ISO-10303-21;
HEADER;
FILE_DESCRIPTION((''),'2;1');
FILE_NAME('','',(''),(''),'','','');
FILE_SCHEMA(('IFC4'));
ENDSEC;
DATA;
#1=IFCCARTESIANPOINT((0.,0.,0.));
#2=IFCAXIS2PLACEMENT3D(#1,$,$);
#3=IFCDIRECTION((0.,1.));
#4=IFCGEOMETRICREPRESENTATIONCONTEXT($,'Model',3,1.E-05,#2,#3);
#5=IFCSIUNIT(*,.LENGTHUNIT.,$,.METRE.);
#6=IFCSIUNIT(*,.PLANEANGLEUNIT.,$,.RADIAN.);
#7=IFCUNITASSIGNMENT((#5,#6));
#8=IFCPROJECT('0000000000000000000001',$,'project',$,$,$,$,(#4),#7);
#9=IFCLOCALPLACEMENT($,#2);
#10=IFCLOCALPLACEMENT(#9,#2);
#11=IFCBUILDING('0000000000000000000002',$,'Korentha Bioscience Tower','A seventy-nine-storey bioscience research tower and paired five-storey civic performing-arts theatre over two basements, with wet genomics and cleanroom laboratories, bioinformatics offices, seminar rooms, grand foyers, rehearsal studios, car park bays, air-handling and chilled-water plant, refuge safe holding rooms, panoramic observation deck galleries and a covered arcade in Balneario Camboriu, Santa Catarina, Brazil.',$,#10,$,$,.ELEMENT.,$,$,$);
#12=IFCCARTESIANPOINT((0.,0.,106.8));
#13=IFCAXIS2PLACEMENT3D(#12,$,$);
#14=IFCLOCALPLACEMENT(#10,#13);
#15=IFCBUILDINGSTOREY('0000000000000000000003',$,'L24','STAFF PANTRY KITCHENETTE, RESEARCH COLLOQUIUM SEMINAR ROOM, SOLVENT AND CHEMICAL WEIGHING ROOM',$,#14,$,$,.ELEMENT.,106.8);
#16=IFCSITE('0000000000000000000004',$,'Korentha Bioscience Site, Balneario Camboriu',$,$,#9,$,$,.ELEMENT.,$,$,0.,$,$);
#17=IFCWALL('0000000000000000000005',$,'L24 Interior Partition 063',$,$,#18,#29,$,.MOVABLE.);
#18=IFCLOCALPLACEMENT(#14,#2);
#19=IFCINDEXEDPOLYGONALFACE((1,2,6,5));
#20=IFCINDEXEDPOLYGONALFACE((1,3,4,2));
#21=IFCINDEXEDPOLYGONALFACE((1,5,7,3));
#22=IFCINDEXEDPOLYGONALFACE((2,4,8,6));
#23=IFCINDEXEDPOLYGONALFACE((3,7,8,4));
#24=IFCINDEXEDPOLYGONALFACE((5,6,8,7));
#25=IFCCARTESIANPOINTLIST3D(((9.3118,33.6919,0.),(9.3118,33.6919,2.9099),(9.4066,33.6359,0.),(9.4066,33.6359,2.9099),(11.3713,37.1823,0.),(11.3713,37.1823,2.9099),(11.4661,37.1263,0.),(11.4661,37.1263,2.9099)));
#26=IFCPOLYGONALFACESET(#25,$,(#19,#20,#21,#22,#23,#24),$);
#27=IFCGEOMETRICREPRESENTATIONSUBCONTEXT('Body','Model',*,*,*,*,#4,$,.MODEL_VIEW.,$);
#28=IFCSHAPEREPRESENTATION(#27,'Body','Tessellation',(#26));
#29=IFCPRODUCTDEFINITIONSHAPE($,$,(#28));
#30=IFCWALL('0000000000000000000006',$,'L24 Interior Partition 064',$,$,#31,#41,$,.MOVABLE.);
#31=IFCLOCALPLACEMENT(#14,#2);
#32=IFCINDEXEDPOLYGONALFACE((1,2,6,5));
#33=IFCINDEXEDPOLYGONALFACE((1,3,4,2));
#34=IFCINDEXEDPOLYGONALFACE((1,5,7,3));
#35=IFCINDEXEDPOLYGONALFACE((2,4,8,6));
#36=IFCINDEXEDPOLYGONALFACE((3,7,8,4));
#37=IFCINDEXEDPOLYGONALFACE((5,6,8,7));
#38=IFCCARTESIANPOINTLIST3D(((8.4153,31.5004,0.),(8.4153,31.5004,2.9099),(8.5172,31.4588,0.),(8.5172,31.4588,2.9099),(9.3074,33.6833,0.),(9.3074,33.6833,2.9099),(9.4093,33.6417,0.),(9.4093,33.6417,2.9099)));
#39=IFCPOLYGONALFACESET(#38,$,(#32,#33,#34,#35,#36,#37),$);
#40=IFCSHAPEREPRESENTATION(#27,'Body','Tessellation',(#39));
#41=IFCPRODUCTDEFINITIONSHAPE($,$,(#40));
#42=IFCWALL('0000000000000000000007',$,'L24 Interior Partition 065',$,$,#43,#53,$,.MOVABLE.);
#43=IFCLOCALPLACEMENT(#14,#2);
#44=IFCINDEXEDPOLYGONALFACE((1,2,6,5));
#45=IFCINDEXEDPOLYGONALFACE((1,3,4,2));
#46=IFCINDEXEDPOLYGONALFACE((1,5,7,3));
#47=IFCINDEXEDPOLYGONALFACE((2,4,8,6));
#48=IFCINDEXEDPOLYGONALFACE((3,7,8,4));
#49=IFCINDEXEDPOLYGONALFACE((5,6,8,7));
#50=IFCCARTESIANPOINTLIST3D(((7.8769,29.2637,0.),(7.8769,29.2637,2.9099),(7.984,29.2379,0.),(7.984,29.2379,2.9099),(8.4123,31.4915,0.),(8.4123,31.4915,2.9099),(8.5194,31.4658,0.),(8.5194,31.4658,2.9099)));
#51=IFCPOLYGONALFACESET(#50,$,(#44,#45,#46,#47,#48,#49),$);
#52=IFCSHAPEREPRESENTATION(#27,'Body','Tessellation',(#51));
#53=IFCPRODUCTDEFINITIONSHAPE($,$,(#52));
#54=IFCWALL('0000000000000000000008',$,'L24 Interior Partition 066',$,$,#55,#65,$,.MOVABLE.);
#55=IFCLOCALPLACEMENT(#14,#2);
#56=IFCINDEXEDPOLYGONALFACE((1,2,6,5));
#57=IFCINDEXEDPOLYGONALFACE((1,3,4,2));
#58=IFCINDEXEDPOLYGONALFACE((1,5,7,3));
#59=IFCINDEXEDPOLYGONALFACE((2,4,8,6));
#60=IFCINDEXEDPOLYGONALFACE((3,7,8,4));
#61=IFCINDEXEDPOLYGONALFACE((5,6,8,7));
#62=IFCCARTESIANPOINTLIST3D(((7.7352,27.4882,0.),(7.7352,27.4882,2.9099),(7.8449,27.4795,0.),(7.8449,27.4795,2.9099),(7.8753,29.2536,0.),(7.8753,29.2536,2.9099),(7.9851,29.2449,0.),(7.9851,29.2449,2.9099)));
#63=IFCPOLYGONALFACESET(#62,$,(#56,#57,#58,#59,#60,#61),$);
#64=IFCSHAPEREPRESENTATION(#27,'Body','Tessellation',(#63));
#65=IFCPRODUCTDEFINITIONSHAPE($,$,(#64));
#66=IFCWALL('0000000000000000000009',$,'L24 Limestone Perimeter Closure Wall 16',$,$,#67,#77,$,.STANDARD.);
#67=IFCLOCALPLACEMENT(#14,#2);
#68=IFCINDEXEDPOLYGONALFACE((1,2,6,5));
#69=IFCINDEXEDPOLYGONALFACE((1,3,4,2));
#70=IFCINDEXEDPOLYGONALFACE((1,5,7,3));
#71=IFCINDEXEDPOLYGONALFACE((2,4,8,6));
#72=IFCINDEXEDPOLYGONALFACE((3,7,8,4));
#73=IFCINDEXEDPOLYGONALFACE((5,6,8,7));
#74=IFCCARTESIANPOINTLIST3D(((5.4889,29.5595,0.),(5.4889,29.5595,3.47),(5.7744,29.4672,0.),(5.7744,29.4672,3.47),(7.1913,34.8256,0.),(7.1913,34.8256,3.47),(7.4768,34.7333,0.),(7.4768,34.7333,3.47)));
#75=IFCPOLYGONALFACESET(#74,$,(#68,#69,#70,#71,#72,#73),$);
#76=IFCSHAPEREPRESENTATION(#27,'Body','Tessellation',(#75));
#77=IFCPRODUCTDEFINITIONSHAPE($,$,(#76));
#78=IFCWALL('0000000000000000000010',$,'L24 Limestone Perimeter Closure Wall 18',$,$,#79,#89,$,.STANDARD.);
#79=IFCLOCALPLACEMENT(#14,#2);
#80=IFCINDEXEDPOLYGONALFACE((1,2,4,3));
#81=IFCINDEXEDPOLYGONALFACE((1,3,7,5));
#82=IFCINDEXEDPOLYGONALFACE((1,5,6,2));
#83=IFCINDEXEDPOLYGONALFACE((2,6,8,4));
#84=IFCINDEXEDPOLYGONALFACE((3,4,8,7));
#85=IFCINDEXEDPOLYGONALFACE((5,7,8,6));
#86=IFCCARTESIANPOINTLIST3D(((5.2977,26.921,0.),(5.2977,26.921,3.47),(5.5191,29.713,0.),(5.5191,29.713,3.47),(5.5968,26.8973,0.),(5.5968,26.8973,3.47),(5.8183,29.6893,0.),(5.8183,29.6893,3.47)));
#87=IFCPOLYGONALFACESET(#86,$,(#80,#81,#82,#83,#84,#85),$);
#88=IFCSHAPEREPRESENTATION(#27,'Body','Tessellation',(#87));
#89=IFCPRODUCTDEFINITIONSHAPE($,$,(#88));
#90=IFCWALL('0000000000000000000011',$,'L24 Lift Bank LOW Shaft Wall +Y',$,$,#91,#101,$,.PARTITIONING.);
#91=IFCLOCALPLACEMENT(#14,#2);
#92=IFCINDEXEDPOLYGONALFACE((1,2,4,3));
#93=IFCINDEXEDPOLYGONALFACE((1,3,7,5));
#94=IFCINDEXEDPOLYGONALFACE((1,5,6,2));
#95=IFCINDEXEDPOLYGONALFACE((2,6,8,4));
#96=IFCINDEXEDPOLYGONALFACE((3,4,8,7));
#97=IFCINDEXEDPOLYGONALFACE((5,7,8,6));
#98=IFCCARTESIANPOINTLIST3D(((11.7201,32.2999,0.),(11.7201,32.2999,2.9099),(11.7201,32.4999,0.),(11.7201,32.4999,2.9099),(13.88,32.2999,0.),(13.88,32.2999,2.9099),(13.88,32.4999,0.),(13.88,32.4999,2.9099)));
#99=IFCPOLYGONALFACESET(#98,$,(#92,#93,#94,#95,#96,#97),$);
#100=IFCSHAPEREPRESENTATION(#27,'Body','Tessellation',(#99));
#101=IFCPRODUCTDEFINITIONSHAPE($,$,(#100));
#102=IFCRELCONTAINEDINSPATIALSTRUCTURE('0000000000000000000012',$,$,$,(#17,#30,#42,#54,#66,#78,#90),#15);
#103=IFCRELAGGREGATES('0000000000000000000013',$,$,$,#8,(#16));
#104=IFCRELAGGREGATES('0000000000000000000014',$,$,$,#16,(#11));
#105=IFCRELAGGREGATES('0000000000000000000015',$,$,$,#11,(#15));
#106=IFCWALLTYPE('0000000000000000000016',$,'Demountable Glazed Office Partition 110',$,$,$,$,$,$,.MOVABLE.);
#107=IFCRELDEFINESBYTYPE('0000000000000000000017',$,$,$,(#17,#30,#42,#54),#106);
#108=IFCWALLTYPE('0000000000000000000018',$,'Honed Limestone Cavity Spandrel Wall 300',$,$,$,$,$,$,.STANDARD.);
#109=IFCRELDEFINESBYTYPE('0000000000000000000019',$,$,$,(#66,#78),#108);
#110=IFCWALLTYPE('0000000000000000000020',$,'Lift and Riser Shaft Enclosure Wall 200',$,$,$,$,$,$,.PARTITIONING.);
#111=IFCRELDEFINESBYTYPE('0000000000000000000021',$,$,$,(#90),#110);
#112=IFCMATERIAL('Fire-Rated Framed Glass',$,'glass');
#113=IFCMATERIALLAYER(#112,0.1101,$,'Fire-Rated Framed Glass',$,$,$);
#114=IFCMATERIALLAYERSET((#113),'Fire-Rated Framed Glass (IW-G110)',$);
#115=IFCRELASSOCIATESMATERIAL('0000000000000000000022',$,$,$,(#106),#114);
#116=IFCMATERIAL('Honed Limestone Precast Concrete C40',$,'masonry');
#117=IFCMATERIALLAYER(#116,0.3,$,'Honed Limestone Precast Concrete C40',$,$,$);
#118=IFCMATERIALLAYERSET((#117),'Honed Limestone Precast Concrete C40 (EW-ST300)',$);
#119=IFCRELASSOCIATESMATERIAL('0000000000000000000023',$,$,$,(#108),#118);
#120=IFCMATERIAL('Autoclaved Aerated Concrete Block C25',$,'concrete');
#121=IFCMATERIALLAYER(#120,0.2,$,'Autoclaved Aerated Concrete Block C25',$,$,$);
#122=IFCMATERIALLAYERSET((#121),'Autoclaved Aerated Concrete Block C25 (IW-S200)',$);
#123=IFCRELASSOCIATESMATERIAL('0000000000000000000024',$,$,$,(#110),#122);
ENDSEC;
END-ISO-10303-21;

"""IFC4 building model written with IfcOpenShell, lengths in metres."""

from ifc_helpers import new_model, si_unit, direction, frame, frame_2d, origin, place, context, subcontext, project, spatial, rectangle, extrude, material, layer, layer_set, type_object, element, save


model = new_model("IFC4")

# Units and contexts
model_context = context("Model", 3, precision=1e-05, world=origin(), true_north=direction((0.0, 1.0)))
body_context = subcontext(model_context, "Body", "Model", "MODEL_VIEW")
ifc_project = project(units=[si_unit("LENGTHUNIT", "METRE"), si_unit("PLANEANGLEUNIT", "RADIAN")], contexts=[model_context])

# Site, building, storey
site_placement = place(None, origin())
site = spatial("IfcSite", under=ifc_project, at=site_placement, Name="Korentha Bioscience Site, Balneario Camboriu", CompositionType="ELEMENT", RefElevation=0.0)
building_placement = place(site_placement, origin())
building = spatial("IfcBuilding", under=site, at=building_placement, Name="Korentha Bioscience Tower", Description="A seventy-nine-storey bioscience research tower and paired five-storey civic performing-arts theatre over two basements, with wet genomics and cleanroom laboratories, bioinformatics offices, seminar rooms, grand foyers, rehearsal studios, car park bays, air-handling and chilled-water plant, refuge safe holding rooms, panoramic observation deck galleries and a covered arcade in Balneario Camboriu, Santa Catarina, Brazil.", CompositionType="ELEMENT")
storey_placement = place(building_placement, frame((0.0, 0.0, 106.8)))
storey = spatial("IfcBuildingStorey", under=building, at=storey_placement, Name="L24", Description="STAFF PANTRY KITCHENETTE, RESEARCH COLLOQUIUM SEMINAR ROOM, SOLVENT AND CHEMICAL WEIGHING ROOM", CompositionType="ELEMENT", Elevation=106.8)

# Walls
ifc_material_1 = material(Name="Fire-Rated Framed Glass", Category="glass")
ifc_layer_1 = layer(ifc_material_1, 0.1101, Name="Fire-Rated Framed Glass")
ifc_layer_set_1 = layer_set([ifc_layer_1], Name="Fire-Rated Framed Glass (IW-G110)")
wall_type_1 = type_object("IfcWallType", Name="Demountable Glazed Office Partition 110", PredefinedType="MOVABLE", material=ifc_layer_set_1)
wall_1_placement = place(storey_placement, frame((11.4187, 37.1543, 0.0), z_axis=(0.0, 0.0, 1.0), x_axis=(-0.508183, -0.861249, 0.0)))
element("IfcWall", 1, at=wall_1_placement, inside=storey, type_object=wall_type_1, Name="L24 Interior Partition 063", PredefinedType="MOVABLE", context=body_context, shape_type="SweptSolid", body=[
    extrude(rectangle(XDim=4.0527, YDim=0.1101, at=frame_2d((2.0264, 0.0))), origin(), (0.0, 0.0, 1.0), 2.9099),
])
wall_2_placement = place(storey_placement, frame((9.3584, 33.6626, 0.0), z_axis=(0.0, 0.0, 1.0), x_axis=(-0.378306, -0.92568, 0.0)))
element("IfcWall", 2, at=wall_2_placement, inside=storey, type_object=wall_type_1, Name="L24 Interior Partition 064", PredefinedType="MOVABLE", context=body_context, shape_type="SweptSolid", body=[
    extrude(rectangle(XDim=2.3582, YDim=0.1101, at=frame_2d((1.1792, 0.0))), origin(), (0.0, 0.0, 1.0), 2.9099),
])
wall_3_placement = place(storey_placement, frame((8.4658, 31.4785, 0.0), z_axis=(0.0, 0.0, 1.0), x_axis=(-0.233675, -0.972315, 0.0)))
element("IfcWall", 3, at=wall_3_placement, inside=storey, type_object=wall_type_1, Name="L24 Interior Partition 065", PredefinedType="MOVABLE", context=body_context, shape_type="SweptSolid", body=[
    extrude(rectangle(XDim=2.2913, YDim=0.1101, at=frame_2d((1.1455, 0.0))), origin(), (0.0, 0.0, 1.0), 2.9099),
])
wall_4_placement = place(storey_placement, frame((7.9302, 29.2493, 0.0), z_axis=(0.0, 0.0, 1.0), x_axis=(-0.079132, -0.996864, 0.0)))
element("IfcWall", 4, at=wall_4_placement, inside=storey, type_object=wall_type_1, Name="L24 Interior Partition 066", PredefinedType="MOVABLE", context=body_context, shape_type="SweptSolid", body=[
    extrude(rectangle(XDim=1.771, YDim=0.1101, at=frame_2d((0.8855, 0.0))), origin(), (0.0, 0.0, 1.0), 2.9099),
])
ifc_material_2 = material(Name="Honed Limestone Precast Concrete C40", Category="masonry")
ifc_layer_2 = layer(ifc_material_2, 0.3, Name="Honed Limestone Precast Concrete C40")
ifc_layer_set_2 = layer_set([ifc_layer_2], Name="Honed Limestone Precast Concrete C40 (EW-ST300)")
wall_type_2 = type_object("IfcWallType", Name="Honed Limestone Cavity Spandrel Wall 300", PredefinedType="STANDARD", material=ifc_layer_set_2)
wall_5_placement = place(storey_placement, frame((7.334, 34.7793, 0.0), z_axis=(0.0, 0.0, 1.0), x_axis=(-0.307599, -0.951516, 0.0)))
element("IfcWall", 5, at=wall_5_placement, inside=storey, type_object=wall_type_2, Name="L24 Limestone Perimeter Closure Wall 16", PredefinedType="STANDARD", context=body_context, shape_type="SweptSolid", body=[
    extrude(rectangle(XDim=5.5344, YDim=0.3, at=frame_2d((2.7671, 0.0))), origin(), (0.0, 0.0, 1.0), 3.47),
])
wall_6_placement = place(storey_placement, frame((5.6687, 29.7012, 0.0), z_axis=(0.0, 0.0, 1.0), x_axis=(-0.079063, -0.99687, 0.0)))
element("IfcWall", 6, at=wall_6_placement, inside=storey, type_object=wall_type_2, Name="L24 Limestone Perimeter Closure Wall 18", PredefinedType="STANDARD", context=body_context, shape_type="SweptSolid", body=[
    extrude(rectangle(XDim=2.8008, YDim=0.3, at=frame_2d((1.4004, 0.0))), origin(), (0.0, 0.0, 1.0), 3.47),
])
ifc_material_3 = material(Name="Autoclaved Aerated Concrete Block C25", Category="concrete")
ifc_layer_3 = layer(ifc_material_3, 0.2, Name="Autoclaved Aerated Concrete Block C25")
ifc_layer_set_3 = layer_set([ifc_layer_3], Name="Autoclaved Aerated Concrete Block C25 (IW-S200)")
wall_type_3 = type_object("IfcWallType", Name="Lift and Riser Shaft Enclosure Wall 200", PredefinedType="PARTITIONING", material=ifc_layer_set_3)
wall_7_placement = place(storey_placement, frame((11.72, 32.3999, 0.0), z_axis=(0.0, 0.0, 1.0), x_axis=(1.0, 0.0, 0.0)))
element("IfcWall", 7, at=wall_7_placement, inside=storey, type_object=wall_type_3, Name="L24 Lift Bank LOW Shaft Wall +Y", PredefinedType="PARTITIONING", context=body_context, shape_type="SweptSolid", body=[
    extrude(rectangle(XDim=2.1599, YDim=0.2, at=frame_2d((1.0801, 0.0))), origin(), (0.0, 0.0, 1.0), 2.9099),
])

save(model, "model.ifc")
